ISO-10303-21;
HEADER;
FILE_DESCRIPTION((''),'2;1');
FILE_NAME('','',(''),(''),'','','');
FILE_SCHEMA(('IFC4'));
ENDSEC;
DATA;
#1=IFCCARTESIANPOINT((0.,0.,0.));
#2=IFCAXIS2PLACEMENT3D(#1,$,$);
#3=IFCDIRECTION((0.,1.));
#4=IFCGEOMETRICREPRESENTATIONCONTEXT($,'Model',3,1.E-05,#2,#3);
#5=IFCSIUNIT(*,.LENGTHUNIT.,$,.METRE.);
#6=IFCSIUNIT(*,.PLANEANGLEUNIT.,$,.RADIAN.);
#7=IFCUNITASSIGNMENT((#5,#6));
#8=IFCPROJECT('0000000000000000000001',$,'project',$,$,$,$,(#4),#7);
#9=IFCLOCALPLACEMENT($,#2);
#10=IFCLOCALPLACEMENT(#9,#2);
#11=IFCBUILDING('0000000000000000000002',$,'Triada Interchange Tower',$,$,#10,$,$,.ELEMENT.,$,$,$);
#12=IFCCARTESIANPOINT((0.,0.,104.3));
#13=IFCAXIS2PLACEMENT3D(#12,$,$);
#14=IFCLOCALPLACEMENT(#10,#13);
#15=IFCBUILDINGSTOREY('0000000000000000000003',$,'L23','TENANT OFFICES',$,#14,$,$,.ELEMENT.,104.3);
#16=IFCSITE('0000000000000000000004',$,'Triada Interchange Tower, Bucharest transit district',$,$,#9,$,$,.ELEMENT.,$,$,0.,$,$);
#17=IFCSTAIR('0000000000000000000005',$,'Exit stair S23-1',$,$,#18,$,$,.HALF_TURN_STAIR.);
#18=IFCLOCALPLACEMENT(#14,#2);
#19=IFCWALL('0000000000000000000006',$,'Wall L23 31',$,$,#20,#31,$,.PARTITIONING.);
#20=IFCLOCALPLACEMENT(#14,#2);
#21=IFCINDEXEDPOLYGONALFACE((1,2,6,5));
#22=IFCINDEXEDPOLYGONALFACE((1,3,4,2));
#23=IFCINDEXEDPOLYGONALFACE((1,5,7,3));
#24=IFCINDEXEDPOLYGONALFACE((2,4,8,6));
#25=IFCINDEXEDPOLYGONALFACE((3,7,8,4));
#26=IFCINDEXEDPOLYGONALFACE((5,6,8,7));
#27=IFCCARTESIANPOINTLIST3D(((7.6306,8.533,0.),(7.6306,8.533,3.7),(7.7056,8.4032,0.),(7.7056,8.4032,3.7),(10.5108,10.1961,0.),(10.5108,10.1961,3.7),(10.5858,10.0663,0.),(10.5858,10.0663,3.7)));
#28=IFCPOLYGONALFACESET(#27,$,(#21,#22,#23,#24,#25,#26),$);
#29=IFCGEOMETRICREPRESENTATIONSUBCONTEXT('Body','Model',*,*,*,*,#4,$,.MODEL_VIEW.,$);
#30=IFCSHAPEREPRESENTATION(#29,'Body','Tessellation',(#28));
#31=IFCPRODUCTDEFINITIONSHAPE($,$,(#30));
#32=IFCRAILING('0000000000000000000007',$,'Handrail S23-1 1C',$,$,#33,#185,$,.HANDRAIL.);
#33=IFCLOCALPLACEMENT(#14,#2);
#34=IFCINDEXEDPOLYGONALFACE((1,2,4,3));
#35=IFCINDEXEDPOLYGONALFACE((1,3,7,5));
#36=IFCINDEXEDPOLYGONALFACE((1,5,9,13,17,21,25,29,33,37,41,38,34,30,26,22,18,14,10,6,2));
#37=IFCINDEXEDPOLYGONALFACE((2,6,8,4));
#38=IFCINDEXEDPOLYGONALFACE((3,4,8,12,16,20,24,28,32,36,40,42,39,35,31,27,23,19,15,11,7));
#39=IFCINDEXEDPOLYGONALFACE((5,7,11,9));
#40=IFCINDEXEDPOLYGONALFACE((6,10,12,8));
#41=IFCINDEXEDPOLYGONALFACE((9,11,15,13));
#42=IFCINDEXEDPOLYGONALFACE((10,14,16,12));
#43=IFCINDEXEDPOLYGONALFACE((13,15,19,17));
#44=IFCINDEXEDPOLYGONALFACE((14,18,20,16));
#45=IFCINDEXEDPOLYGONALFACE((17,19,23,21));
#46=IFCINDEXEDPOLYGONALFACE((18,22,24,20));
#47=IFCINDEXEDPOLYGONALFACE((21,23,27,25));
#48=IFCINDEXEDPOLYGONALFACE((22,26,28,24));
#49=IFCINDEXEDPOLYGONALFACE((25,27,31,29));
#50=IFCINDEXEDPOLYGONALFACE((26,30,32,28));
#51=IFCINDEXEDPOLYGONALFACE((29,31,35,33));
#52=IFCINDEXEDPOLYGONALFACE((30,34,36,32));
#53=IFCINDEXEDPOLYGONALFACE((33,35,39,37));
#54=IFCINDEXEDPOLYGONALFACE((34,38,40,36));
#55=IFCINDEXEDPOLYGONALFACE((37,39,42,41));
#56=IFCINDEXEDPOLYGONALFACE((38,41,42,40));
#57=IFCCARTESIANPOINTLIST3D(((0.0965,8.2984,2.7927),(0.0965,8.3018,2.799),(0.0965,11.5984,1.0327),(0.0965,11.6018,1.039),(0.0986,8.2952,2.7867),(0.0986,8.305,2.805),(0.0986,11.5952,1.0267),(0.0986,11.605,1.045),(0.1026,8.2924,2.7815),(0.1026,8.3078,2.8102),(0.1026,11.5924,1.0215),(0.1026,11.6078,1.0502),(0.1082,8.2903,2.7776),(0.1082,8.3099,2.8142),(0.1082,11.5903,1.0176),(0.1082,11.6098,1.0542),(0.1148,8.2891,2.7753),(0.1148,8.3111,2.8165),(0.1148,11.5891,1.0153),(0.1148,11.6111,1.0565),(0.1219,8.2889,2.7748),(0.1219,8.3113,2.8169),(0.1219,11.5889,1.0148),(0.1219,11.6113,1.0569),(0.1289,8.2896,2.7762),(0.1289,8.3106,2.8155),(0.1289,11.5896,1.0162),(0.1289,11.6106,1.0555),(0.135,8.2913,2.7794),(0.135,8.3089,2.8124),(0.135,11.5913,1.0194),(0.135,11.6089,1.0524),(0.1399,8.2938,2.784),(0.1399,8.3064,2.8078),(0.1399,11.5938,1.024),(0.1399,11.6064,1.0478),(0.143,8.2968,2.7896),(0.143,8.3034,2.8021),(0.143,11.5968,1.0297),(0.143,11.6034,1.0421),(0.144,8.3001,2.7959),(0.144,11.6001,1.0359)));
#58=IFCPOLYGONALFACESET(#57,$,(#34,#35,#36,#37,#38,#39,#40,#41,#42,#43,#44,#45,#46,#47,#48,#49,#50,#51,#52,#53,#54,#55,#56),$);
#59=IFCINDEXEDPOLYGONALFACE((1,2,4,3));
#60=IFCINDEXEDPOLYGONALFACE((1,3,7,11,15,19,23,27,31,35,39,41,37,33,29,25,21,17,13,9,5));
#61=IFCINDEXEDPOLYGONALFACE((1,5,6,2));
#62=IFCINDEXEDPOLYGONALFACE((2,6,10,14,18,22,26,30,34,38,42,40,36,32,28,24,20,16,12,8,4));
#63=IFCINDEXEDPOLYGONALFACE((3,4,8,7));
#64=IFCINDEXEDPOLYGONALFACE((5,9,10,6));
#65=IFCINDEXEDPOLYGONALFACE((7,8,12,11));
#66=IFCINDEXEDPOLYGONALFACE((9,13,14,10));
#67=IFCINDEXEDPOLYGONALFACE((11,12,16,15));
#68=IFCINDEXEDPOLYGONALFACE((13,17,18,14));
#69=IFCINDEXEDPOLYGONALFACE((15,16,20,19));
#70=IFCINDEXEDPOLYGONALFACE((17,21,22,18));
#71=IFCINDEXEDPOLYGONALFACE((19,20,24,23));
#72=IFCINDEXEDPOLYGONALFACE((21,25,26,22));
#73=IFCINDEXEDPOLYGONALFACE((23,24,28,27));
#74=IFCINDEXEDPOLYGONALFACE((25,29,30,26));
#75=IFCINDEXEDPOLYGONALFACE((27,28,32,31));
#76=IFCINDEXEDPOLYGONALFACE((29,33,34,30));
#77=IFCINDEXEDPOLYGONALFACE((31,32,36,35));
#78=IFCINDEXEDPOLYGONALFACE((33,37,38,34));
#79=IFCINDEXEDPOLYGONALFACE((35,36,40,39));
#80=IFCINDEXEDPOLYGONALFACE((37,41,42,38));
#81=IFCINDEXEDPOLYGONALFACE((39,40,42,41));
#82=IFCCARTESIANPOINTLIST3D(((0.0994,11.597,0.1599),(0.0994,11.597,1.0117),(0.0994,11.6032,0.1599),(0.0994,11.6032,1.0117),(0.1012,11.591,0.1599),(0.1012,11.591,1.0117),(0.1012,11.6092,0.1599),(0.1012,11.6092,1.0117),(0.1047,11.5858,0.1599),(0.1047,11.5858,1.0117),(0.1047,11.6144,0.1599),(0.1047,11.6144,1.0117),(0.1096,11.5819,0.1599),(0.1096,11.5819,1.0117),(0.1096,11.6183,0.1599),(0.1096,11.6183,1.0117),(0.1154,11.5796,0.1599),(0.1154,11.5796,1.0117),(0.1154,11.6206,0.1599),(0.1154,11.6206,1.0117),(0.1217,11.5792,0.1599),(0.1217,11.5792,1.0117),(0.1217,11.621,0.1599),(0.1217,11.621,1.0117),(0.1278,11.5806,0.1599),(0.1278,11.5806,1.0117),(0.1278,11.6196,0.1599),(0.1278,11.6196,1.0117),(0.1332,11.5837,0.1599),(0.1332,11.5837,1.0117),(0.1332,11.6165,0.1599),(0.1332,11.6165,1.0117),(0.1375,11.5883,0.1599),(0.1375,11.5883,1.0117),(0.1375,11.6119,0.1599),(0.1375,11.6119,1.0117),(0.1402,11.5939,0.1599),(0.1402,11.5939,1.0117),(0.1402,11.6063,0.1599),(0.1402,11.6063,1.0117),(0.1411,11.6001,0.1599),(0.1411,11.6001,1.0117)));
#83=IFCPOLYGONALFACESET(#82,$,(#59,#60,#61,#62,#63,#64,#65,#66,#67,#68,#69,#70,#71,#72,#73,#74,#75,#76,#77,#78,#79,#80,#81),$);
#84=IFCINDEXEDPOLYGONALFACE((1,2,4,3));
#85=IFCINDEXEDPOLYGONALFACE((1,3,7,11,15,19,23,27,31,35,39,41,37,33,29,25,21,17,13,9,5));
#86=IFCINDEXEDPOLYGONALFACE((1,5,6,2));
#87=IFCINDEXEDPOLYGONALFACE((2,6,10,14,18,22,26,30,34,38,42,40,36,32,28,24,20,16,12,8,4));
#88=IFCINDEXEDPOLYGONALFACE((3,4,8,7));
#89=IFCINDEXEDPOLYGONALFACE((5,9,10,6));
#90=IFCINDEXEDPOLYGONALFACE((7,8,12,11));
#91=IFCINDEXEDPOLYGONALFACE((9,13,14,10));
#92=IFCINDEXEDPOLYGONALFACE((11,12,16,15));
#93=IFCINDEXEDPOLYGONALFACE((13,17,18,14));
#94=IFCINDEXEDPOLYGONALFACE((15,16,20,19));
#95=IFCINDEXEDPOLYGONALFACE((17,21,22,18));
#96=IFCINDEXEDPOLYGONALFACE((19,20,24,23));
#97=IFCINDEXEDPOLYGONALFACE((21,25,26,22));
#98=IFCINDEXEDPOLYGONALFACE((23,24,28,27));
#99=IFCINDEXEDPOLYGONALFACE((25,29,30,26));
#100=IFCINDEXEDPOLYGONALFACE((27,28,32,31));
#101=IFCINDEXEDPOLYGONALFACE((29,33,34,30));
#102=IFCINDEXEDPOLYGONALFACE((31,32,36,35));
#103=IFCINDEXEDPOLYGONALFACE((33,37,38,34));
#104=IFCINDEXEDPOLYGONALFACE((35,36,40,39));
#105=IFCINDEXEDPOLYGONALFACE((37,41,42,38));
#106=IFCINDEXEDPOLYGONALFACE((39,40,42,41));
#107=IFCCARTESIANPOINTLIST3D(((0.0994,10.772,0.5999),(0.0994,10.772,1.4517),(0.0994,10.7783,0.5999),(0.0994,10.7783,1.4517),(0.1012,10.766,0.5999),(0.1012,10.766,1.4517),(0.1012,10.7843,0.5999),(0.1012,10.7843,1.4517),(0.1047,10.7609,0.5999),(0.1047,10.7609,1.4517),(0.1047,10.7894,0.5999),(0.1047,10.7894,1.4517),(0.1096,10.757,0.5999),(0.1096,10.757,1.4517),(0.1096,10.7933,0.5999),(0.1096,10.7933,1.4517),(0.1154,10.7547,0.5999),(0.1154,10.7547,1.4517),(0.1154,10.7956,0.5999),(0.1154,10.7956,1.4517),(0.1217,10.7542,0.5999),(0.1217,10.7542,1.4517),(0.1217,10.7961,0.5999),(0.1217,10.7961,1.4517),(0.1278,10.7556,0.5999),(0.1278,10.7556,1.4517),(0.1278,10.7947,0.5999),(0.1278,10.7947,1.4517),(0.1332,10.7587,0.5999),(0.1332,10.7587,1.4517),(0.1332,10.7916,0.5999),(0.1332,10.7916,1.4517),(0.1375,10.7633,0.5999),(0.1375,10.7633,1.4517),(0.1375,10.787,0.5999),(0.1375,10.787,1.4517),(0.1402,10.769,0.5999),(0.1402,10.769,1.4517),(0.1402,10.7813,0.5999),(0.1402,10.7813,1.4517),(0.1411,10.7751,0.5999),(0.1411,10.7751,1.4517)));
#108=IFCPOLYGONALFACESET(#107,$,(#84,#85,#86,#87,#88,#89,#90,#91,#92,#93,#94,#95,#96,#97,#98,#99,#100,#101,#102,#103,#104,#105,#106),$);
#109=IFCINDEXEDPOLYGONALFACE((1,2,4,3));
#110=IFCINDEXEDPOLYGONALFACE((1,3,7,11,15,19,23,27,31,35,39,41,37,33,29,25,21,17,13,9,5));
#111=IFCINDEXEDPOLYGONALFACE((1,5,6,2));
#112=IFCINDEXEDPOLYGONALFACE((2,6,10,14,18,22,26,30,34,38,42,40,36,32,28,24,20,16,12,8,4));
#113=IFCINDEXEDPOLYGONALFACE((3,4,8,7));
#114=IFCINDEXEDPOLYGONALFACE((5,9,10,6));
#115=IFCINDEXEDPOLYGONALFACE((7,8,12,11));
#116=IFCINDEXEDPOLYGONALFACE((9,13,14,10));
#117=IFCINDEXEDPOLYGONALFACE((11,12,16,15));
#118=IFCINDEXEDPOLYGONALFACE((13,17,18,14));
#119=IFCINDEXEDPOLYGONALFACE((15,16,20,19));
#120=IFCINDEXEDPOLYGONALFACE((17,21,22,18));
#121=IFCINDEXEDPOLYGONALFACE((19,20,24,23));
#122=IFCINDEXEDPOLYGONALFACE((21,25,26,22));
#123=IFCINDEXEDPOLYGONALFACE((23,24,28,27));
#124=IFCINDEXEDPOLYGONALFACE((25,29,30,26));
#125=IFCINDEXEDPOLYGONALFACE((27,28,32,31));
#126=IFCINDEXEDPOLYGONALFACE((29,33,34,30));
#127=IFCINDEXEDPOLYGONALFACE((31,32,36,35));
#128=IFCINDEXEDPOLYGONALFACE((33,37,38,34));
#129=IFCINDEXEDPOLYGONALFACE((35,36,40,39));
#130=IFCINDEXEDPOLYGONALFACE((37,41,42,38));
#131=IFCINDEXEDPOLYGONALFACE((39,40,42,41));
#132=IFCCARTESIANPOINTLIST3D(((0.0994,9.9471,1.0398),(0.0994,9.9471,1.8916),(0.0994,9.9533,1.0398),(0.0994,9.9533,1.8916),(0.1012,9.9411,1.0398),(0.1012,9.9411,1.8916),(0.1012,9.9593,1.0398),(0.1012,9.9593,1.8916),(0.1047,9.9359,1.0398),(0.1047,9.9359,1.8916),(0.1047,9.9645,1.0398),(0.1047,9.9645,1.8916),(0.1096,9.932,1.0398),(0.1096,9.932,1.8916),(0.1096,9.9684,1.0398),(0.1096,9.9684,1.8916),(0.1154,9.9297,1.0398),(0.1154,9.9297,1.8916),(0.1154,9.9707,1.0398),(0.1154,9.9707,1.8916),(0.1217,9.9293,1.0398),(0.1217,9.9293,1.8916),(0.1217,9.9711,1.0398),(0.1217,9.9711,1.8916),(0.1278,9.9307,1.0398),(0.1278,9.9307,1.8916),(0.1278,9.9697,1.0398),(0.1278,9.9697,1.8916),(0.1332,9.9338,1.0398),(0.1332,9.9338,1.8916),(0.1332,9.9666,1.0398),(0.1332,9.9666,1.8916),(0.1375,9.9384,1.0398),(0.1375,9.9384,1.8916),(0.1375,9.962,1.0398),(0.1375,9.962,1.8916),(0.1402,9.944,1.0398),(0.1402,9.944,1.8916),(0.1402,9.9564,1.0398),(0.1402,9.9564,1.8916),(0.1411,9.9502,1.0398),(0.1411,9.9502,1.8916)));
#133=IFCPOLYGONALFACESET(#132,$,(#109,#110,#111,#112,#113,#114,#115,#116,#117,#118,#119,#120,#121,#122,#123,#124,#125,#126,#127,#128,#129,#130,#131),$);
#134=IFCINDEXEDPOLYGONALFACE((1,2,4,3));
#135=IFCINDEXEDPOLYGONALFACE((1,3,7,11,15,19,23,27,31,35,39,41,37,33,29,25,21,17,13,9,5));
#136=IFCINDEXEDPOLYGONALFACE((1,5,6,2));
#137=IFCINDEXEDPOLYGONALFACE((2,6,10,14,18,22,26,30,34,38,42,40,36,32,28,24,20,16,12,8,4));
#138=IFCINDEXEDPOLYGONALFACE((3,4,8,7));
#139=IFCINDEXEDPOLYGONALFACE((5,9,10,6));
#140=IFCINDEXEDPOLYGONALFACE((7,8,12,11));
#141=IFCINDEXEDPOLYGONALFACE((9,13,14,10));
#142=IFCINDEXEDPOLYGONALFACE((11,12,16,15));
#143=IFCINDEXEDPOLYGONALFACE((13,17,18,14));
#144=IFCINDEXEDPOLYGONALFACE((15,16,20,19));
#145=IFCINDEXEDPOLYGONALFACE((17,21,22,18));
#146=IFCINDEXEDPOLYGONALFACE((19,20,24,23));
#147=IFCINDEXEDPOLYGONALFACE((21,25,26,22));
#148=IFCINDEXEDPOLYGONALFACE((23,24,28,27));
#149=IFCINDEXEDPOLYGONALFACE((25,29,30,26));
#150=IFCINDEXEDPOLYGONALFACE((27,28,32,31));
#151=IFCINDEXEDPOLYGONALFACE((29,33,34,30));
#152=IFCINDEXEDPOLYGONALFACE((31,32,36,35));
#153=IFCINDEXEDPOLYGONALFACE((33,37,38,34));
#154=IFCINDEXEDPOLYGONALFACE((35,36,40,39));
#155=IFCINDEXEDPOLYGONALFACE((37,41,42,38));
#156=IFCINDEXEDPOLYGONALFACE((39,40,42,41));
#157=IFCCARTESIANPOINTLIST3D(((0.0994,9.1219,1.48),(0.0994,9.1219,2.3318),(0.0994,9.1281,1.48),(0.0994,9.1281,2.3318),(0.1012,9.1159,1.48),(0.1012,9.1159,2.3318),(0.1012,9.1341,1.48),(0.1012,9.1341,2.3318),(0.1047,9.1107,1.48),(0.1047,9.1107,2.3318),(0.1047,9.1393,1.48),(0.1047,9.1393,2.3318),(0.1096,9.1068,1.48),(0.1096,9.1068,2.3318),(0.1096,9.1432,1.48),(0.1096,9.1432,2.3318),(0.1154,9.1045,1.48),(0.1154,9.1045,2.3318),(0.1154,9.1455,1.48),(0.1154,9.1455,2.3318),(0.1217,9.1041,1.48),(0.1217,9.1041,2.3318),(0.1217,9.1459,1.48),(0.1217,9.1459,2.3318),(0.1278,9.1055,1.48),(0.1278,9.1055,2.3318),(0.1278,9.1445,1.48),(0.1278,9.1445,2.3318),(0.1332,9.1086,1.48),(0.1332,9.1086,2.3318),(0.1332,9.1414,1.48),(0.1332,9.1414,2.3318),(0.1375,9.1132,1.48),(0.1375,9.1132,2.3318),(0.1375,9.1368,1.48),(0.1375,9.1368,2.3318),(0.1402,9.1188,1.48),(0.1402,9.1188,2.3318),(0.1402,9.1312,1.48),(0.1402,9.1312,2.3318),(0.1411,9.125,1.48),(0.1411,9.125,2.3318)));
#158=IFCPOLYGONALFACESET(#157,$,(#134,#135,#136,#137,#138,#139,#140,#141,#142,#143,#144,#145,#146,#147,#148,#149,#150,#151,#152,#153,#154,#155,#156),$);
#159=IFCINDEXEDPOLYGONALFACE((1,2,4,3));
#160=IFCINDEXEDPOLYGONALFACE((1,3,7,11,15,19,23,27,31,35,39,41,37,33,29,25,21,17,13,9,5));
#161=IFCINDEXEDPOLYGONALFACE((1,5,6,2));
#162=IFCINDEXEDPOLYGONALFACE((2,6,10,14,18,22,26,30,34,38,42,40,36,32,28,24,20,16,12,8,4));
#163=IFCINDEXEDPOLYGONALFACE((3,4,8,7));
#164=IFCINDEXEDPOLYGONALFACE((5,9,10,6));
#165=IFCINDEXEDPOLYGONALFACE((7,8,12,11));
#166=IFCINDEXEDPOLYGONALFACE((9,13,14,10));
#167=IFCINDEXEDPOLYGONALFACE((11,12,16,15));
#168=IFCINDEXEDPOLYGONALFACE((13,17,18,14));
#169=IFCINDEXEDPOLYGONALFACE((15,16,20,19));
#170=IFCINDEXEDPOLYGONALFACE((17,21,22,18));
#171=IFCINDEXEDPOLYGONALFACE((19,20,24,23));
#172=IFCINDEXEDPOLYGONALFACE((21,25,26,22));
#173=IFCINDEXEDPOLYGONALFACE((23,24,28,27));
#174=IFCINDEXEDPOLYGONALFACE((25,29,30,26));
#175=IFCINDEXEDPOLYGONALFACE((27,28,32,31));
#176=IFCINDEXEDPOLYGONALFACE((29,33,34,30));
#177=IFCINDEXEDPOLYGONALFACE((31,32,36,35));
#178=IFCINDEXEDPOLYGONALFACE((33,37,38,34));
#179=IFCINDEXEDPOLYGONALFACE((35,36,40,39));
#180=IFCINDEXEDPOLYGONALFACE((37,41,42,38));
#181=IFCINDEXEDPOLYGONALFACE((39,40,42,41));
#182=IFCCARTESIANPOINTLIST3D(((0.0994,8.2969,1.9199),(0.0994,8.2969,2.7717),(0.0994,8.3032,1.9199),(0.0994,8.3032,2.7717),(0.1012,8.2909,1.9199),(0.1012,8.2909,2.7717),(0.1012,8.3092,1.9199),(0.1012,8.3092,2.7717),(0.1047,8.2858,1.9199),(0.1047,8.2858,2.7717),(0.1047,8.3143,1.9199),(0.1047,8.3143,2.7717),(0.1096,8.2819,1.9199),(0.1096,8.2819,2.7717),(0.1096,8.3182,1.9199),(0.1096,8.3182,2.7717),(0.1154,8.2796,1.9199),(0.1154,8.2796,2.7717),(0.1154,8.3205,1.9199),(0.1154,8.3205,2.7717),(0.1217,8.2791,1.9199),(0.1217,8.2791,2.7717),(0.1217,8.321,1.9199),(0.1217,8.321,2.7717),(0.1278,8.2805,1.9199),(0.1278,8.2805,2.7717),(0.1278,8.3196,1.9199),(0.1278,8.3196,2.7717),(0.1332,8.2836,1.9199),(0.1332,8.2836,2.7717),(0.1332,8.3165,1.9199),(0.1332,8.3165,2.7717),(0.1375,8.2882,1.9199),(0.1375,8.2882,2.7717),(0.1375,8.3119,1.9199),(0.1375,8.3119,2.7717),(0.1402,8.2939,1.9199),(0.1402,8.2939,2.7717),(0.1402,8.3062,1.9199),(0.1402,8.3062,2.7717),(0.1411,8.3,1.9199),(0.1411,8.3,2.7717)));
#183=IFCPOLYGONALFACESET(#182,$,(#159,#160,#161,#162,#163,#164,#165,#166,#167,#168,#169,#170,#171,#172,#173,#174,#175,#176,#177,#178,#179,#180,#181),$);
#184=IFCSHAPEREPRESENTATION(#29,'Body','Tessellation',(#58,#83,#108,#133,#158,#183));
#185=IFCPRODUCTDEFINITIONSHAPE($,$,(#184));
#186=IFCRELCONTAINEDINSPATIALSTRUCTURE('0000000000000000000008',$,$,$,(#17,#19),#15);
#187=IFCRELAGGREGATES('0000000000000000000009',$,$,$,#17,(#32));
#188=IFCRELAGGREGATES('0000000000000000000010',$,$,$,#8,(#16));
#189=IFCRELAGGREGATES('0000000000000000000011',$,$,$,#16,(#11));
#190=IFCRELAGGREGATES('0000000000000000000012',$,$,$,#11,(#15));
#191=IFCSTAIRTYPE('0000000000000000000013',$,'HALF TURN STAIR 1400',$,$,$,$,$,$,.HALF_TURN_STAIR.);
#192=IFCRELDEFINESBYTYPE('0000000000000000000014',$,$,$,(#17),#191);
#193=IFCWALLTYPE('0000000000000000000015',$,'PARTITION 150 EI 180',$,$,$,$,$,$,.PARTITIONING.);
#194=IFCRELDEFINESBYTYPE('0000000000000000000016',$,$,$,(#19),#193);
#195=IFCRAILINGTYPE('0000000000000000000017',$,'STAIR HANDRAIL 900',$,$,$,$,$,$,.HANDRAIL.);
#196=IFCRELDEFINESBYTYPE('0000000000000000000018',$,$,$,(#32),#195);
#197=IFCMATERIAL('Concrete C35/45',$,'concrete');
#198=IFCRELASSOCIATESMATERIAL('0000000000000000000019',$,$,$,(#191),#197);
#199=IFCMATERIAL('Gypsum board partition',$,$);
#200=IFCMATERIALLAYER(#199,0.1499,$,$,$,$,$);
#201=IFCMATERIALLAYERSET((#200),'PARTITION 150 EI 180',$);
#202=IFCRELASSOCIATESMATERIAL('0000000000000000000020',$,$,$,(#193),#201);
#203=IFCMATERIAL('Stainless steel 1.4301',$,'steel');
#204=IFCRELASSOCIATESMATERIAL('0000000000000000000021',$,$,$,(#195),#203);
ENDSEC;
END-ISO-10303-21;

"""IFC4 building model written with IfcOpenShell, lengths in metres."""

from ifc_helpers import new_model, si_unit, direction, frame, frame_2d, origin, origin_2d, place, context, subcontext, project, spatial, rectangle, circle, extrude, material, layer, layer_set, type_object, element, aggregate, save


model = new_model("IFC4")

# Units and contexts
model_context = context("Model", 3, precision=1e-05, world=origin(), true_north=direction((0.0, 1.0)))
body_context = subcontext(model_context, "Body", "Model", "MODEL_VIEW")
ifc_project = project(units=[si_unit("LENGTHUNIT", "METRE"), si_unit("PLANEANGLEUNIT", "RADIAN")], contexts=[model_context])

# Site, building, storey
site_placement = place(None, origin())
site = spatial("IfcSite", under=ifc_project, at=site_placement, Name="Triada Interchange Tower, Bucharest transit district", CompositionType="ELEMENT", RefElevation=0.0)
building_placement = place(site_placement, origin())
building = spatial("IfcBuilding", under=site, at=building_placement, Name="Triada Interchange Tower", CompositionType="ELEMENT")
storey_placement = place(building_placement, frame((0.0, 0.0, 104.3)))
storey = spatial("IfcBuildingStorey", under=building, at=storey_placement, Name="L23", Description="TENANT OFFICES", CompositionType="ELEMENT", Elevation=104.3)

# Stair
ifc_material_1 = material(Name="Concrete C35/45", Category="concrete")
stair_type = type_object("IfcStairType", Name="HALF TURN STAIR 1400", PredefinedType="HALF_TURN_STAIR", material=ifc_material_1)
stair_1_placement = place(storey_placement, origin())
stair_1 = element("IfcStair", 1, at=stair_1_placement, inside=storey, type_object=stair_type, Name="Exit stair S23-1", PredefinedType="HALF_TURN_STAIR")

# Wall
ifc_material_2 = material(Name="Gypsum board partition")
ifc_layer_1 = layer(ifc_material_2, 0.1499)
ifc_layer_set_1 = layer_set([ifc_layer_1], Name="PARTITION 150 EI 180")
wall_type_1 = type_object("IfcWallType", Name="PARTITION 150 EI 180", PredefinedType="PARTITIONING", material=ifc_layer_set_1)
wall_1_placement = place(storey_placement, frame((7.668, 8.468, 0.0), z_axis=(0.0, 0.0, 1.0), x_axis=(0.865994, 0.500055, 0.0)))
element("IfcWall", 2, at=wall_1_placement, inside=storey, type_object=wall_type_1, Name="Wall L23 31", PredefinedType="PARTITIONING", context=body_context, shape_type="SweptSolid", body=[
    extrude(rectangle(XDim=3.3259, YDim=0.1499, at=frame_2d((1.6631, 0.0))), origin(), (0.0, 0.0, 1.0), 3.7),
])

# Railing
ifc_material_3 = material(Name="Stainless steel 1.4301", Category="steel")
railing_type = type_object("IfcRailingType", Name="STAIR HANDRAIL 900", PredefinedType="HANDRAIL", material=ifc_material_3)
railing_placement = place(storey_placement, frame((0.1201, 11.6001, 0.1599)))
railing = element("IfcRailing", 3, at=railing_placement, type_object=railing_type, Name="Handrail S23-1 1C", PredefinedType="HANDRAIL", context=body_context, shape_type="SweptSolid", body=[
    extrude(circle(Radius=0.0239, at=origin_2d()), frame((0.0, 0.0, 0.876), z_axis=(0.0, -0.882355, 0.470585), x_axis=(1.0, 0.0, 0.0)), (0.0, 0.0, 1.0), 3.74),
    extrude(circle(Radius=0.021, at=origin_2d()), origin(), (0.0, 0.0, 1.0), 0.8518),
    extrude(circle(Radius=0.021, at=origin_2d()), frame((0.0, -0.825, 0.4399)), (0.0, 0.0, 1.0), 0.8518),
    extrude(circle(Radius=0.021, at=origin_2d()), frame((0.0, -1.6499, 0.8799)), (0.0, 0.0, 1.0), 0.8518),
    extrude(circle(Radius=0.021, at=origin_2d()), frame((0.0, -2.4751, 1.3201)), (0.0, 0.0, 1.0), 0.8518),
    extrude(circle(Radius=0.021, at=origin_2d()), frame((0.0, -3.3, 1.76)), (0.0, 0.0, 1.0), 0.8518),
])
aggregate(stair_1, [railing])

save(model, "model.ifc")
